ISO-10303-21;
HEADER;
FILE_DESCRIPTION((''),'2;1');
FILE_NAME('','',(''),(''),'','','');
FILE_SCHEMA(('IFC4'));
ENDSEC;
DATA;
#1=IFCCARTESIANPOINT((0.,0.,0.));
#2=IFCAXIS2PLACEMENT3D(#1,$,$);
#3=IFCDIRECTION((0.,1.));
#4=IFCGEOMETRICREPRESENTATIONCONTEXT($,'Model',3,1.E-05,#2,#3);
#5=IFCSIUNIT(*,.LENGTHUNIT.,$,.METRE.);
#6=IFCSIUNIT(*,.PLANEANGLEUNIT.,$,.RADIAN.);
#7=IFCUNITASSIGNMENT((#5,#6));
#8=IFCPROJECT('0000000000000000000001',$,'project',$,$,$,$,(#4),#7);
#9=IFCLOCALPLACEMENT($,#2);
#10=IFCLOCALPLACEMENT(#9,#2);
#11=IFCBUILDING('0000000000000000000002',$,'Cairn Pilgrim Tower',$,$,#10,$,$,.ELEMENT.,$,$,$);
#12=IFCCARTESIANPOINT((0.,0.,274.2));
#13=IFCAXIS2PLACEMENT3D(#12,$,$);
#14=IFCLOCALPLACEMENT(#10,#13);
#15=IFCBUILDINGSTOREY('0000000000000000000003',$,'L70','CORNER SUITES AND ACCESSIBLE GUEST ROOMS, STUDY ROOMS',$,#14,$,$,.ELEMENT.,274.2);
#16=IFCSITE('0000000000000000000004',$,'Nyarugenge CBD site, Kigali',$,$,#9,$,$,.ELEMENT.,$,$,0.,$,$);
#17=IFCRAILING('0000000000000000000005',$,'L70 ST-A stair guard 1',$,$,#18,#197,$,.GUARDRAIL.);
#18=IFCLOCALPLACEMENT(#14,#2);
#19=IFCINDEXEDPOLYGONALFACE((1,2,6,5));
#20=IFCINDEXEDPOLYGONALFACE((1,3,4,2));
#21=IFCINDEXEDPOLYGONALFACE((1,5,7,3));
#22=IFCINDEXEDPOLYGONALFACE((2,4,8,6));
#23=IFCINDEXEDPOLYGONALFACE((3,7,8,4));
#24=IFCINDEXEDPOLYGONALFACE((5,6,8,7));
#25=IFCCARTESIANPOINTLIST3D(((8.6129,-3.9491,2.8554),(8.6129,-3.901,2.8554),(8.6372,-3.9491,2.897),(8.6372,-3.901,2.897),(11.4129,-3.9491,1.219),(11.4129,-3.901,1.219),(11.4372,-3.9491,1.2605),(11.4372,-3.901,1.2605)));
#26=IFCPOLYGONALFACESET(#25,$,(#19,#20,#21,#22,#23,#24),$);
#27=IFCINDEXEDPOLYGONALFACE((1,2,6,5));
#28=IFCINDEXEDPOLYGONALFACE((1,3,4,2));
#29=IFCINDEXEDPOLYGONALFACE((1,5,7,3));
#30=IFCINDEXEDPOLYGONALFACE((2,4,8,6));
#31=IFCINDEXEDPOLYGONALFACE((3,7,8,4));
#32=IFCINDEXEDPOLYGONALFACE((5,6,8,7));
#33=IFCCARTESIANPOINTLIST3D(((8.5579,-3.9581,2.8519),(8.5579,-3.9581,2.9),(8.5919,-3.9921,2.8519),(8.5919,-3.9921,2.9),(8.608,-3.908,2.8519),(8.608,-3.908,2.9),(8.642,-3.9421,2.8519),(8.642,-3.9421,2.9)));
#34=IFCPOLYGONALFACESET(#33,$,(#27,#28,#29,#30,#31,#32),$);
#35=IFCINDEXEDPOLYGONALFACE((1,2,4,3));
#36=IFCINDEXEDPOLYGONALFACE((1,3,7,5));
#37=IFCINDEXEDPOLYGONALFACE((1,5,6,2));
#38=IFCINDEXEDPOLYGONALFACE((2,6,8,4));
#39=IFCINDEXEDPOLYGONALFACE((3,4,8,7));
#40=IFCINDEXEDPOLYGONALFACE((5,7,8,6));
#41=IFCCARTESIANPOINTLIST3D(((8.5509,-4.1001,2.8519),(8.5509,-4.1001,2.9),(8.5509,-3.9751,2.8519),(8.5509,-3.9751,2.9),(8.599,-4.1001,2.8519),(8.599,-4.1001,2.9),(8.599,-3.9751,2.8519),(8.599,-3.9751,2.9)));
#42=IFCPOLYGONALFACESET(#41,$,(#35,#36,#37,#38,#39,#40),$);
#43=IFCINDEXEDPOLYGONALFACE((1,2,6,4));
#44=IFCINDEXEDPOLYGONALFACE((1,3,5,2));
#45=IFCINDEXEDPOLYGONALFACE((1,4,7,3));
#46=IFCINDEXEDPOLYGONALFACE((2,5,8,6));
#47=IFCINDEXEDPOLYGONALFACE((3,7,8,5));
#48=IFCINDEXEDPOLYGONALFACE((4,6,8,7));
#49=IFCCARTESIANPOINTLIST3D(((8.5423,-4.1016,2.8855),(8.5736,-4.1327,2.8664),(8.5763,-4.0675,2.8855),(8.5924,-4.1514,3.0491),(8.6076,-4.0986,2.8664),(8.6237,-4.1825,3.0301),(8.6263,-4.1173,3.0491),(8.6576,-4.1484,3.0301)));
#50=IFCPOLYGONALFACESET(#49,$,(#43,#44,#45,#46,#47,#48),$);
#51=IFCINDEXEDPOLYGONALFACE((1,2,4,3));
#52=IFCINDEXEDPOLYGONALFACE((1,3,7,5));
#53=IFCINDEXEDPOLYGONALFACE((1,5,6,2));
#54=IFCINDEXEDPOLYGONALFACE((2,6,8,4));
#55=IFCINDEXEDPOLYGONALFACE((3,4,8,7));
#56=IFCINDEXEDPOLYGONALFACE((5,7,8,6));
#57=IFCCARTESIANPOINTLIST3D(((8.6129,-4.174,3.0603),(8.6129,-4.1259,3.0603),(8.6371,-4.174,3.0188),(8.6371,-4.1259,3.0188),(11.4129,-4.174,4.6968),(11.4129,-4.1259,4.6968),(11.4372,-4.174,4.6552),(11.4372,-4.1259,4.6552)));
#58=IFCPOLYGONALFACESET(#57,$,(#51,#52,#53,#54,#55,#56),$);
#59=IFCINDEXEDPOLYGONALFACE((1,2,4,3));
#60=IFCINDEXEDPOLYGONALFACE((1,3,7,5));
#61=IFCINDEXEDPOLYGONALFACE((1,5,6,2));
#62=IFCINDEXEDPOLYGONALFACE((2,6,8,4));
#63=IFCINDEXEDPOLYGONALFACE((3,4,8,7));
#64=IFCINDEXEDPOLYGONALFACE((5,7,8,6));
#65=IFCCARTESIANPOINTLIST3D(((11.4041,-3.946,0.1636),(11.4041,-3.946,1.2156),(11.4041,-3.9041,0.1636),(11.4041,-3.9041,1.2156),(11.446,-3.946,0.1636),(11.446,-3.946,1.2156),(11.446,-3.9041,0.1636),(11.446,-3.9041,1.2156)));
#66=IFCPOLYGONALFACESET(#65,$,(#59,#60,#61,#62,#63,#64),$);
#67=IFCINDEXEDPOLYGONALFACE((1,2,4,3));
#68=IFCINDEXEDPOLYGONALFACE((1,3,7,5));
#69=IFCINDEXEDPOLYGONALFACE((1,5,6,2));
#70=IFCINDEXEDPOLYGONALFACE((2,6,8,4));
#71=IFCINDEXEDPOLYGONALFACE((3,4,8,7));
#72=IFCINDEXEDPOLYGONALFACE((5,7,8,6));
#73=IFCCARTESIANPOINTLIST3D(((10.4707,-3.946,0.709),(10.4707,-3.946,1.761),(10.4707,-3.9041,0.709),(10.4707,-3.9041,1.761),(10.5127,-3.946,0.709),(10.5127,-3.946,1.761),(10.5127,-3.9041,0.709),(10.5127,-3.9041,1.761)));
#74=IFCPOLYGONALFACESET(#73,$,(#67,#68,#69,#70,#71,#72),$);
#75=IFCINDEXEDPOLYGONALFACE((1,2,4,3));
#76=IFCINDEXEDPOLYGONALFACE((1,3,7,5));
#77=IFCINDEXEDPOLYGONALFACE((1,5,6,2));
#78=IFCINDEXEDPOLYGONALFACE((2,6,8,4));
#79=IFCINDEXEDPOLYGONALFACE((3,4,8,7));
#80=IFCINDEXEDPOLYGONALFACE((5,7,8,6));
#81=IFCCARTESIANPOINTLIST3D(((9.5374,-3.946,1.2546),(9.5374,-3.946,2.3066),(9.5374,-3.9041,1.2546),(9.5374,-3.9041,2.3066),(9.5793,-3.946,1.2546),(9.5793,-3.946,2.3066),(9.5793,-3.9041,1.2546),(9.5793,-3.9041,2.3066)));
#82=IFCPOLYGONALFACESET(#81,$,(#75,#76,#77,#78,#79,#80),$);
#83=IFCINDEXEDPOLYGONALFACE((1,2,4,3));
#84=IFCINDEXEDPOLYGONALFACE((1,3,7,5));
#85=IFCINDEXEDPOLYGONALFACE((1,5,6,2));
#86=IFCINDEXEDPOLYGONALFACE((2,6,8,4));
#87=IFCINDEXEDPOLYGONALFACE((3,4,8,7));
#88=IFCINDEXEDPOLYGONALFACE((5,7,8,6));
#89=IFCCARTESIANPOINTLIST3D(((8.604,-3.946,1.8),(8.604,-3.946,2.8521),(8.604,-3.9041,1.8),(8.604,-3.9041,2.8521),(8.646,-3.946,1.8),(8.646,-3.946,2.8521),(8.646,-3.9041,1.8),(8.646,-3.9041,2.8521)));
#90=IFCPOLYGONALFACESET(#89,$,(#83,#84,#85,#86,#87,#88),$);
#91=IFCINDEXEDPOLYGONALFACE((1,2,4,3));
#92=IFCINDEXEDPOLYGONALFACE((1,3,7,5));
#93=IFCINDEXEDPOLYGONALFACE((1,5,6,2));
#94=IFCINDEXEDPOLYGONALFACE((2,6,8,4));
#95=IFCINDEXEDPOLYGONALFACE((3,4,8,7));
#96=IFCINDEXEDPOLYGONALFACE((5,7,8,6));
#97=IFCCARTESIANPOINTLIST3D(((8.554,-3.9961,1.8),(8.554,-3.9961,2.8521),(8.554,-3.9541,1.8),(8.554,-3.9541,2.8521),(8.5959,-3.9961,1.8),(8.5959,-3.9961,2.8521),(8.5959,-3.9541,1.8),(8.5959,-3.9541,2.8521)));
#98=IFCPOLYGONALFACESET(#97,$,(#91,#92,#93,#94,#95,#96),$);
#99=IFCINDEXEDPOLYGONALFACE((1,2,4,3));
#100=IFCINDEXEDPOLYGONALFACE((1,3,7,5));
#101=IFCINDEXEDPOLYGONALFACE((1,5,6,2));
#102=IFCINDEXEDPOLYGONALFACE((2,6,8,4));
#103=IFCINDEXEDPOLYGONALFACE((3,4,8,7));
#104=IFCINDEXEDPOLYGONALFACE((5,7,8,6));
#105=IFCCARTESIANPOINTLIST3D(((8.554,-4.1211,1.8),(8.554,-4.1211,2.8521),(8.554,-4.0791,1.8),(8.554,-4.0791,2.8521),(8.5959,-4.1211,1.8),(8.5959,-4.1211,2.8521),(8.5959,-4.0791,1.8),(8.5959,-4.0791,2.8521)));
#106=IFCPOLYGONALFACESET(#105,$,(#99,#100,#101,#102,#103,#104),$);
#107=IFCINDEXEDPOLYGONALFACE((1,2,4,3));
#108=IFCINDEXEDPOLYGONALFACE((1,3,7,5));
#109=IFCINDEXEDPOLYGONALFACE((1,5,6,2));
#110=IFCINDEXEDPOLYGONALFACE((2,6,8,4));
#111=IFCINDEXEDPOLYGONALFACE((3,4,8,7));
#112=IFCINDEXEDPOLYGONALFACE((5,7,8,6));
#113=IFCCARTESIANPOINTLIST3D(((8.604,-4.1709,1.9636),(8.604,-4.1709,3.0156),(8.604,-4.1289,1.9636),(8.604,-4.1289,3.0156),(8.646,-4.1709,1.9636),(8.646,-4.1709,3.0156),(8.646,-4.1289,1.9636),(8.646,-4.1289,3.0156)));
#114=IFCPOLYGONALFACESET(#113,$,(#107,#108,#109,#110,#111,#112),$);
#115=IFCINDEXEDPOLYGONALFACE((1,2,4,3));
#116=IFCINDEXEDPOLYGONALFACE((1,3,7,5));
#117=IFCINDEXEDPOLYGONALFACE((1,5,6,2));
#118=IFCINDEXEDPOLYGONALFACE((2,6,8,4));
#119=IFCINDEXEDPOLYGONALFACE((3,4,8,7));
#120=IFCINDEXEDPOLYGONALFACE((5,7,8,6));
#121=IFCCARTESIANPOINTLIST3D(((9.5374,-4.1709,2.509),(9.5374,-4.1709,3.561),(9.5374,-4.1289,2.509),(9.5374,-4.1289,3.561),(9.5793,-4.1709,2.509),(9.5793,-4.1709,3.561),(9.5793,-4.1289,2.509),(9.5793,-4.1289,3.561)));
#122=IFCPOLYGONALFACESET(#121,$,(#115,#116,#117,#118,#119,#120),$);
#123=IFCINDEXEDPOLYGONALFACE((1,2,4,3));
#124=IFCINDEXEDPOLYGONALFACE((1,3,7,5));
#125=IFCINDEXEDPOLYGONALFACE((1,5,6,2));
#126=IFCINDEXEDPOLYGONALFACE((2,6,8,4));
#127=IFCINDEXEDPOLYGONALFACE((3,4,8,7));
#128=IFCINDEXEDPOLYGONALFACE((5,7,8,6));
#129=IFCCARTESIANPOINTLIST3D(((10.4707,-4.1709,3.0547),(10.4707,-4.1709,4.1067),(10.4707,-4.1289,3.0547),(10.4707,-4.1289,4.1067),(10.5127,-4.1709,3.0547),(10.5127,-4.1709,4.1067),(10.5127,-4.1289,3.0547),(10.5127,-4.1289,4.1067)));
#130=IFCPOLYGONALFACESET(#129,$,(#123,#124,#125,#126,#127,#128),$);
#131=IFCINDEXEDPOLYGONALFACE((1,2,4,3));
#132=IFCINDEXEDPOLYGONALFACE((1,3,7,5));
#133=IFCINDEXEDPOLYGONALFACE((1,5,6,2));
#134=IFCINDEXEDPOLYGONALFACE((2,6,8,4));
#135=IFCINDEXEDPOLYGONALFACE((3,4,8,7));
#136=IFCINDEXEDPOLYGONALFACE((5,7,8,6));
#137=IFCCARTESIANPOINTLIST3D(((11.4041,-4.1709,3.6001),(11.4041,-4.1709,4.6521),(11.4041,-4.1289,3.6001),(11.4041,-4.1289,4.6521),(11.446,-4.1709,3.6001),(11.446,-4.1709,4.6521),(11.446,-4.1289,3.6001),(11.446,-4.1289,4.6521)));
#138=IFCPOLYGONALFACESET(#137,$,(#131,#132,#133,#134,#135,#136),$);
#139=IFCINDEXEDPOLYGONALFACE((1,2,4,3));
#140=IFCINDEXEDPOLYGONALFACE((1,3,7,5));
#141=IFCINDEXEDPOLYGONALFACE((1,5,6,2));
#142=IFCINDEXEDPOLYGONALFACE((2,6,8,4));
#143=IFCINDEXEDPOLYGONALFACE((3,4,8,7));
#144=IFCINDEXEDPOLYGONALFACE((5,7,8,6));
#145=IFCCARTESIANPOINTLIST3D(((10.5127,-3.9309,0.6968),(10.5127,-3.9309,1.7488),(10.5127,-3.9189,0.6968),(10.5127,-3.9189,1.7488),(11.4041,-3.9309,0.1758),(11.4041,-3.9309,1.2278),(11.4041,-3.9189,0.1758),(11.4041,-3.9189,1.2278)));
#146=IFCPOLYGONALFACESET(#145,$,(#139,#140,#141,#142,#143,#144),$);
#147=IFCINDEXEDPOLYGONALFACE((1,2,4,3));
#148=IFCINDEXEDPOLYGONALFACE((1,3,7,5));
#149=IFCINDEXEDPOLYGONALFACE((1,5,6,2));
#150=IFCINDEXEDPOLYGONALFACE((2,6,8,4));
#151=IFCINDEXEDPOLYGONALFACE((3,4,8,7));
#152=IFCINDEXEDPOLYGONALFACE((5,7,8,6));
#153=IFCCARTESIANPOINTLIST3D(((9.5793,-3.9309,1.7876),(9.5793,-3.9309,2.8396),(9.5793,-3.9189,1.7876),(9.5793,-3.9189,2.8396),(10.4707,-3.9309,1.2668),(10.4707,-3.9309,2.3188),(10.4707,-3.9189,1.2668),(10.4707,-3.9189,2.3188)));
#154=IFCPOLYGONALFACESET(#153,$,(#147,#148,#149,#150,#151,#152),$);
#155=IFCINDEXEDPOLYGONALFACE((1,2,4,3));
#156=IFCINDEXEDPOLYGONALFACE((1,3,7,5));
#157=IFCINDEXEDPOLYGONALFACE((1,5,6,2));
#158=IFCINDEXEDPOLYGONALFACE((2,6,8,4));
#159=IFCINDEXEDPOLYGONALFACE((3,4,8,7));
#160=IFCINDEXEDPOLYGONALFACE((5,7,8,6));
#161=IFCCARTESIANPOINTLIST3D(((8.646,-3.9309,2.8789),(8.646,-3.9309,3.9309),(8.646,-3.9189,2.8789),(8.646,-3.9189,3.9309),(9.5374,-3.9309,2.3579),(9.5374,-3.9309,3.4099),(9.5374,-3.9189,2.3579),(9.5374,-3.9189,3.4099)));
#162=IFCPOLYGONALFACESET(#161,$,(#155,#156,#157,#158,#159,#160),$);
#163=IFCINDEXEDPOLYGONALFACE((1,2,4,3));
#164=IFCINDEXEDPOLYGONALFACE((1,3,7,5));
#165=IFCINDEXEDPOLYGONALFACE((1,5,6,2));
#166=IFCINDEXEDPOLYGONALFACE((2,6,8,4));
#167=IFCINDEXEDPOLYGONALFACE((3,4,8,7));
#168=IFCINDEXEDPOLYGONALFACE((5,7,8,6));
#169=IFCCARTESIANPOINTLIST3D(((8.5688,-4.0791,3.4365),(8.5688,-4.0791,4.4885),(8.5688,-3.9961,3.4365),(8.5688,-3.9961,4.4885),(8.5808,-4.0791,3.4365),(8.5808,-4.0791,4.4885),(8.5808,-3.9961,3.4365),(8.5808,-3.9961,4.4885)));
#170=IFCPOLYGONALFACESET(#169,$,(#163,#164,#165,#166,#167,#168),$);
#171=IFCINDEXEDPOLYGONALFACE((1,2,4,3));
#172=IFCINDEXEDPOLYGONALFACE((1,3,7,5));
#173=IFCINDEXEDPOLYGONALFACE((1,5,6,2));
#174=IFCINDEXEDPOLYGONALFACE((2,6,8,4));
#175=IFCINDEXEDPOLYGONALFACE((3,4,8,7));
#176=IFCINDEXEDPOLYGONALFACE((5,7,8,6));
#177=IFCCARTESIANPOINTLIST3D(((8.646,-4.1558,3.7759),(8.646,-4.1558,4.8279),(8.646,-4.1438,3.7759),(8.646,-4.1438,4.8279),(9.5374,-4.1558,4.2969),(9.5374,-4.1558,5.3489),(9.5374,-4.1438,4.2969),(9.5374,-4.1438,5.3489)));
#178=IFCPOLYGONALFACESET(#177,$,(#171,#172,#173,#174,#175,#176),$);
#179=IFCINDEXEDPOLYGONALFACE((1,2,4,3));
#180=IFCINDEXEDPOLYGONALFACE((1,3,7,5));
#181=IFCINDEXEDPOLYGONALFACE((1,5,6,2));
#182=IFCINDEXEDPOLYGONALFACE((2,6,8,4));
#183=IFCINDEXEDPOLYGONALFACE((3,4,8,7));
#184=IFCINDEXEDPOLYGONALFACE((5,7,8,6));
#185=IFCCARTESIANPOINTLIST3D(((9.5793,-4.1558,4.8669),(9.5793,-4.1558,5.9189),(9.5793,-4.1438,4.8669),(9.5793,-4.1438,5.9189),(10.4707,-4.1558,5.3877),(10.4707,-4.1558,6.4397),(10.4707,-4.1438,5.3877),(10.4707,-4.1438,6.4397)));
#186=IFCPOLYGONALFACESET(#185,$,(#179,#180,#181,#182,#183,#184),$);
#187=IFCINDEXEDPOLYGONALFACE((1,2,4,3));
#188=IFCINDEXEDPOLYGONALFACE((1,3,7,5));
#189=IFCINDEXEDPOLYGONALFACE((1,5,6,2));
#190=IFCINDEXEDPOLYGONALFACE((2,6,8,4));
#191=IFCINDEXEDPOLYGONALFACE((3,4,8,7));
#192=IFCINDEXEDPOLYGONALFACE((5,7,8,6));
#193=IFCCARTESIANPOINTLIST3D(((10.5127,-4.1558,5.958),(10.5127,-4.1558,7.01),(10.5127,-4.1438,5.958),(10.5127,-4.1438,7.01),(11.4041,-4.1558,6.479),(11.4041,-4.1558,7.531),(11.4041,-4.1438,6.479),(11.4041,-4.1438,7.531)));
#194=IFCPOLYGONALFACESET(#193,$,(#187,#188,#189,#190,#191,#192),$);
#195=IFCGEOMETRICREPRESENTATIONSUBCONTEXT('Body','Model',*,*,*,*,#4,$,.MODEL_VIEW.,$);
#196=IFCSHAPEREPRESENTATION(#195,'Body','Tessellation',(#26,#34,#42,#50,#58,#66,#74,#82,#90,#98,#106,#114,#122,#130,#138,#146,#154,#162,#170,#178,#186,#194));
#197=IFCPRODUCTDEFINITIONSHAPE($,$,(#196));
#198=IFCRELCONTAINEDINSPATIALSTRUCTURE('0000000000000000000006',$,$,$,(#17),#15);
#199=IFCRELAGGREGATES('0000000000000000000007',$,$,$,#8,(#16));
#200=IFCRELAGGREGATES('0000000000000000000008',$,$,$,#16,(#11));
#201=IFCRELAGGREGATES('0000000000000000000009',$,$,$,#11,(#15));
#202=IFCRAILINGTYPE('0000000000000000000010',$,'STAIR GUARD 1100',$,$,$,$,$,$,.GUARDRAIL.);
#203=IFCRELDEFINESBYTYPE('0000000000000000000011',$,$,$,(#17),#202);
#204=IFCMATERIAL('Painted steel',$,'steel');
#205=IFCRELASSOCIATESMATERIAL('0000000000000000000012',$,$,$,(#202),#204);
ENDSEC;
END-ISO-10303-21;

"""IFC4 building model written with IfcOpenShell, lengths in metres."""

from ifc_helpers import new_model, si_unit, direction, frame, origin, origin_2d, place, context, subcontext, project, spatial, polyline, rectangle, outline, extrude, material, type_object, element, save


model = new_model("IFC4")

# Units and contexts
model_context = context("Model", 3, precision=1e-05, world=origin(), true_north=direction((0.0, 1.0)))
body_context = subcontext(model_context, "Body", "Model", "MODEL_VIEW")
ifc_project = project(units=[si_unit("LENGTHUNIT", "METRE"), si_unit("PLANEANGLEUNIT", "RADIAN")], contexts=[model_context])

# Site, building, storey
site_placement = place(None, origin())
site = spatial("IfcSite", under=ifc_project, at=site_placement, Name="Nyarugenge CBD site, Kigali", CompositionType="ELEMENT", RefElevation=0.0)
building_placement = place(site_placement, origin())
building = spatial("IfcBuilding", under=site, at=building_placement, Name="Cairn Pilgrim Tower", CompositionType="ELEMENT")
storey_placement = place(building_placement, frame((0.0, 0.0, 274.2)))
storey = spatial("IfcBuildingStorey", under=building, at=storey_placement, Name="L70", Description="CORNER SUITES AND ACCESSIBLE GUEST ROOMS, STUDY ROOMS", CompositionType="ELEMENT", Elevation=274.2)

# Shared definitions
ifc_material_1 = material(Name="Painted steel", Category="steel")

# Railing
railing_type_1 = type_object("IfcRailingType", Name="STAIR GUARD 1100", PredefinedType="GUARDRAIL", material=ifc_material_1)
railing_1_placement = place(storey_placement, frame((11.425, -3.925, 0.1636)))
element("IfcRailing", 1, at=railing_1_placement, inside=storey, type_object=railing_type_1, Name="L70 ST-A stair guard 1", PredefinedType="GUARDRAIL", context=body_context, shape_type="SweptSolid", body=[
    extrude(rectangle(XDim=0.0481, YDim=0.0481, at=origin_2d()), frame((0.0, 0.0, 1.0762), z_axis=(-0.863361, 0.0, 0.504587), x_axis=(0.0, -1.0, 0.0)), (0.0, 0.0, 1.0), 3.2432),
    extrude(rectangle(XDim=0.0481, YDim=0.0481, at=origin_2d()), frame((-2.8, 0.0, 2.7124), z_axis=(-0.707107, -0.707107, 0.0), x_axis=(0.707107, -0.707107, 0.0)), (0.0, 0.0, 1.0), 0.0708),
    extrude(rectangle(XDim=0.0481, YDim=0.0481, at=origin_2d()), frame((-2.8501, -0.05, 2.7124), z_axis=(0.0, -1.0, 0.0), x_axis=(1.0, 0.0, 0.0)), (0.0, 0.0, 1.0), 0.125),
    extrude(rectangle(XDim=0.0481, YDim=0.0481, at=origin_2d()), frame((-2.8501, -0.175, 2.7124), z_axis=(0.280917, -0.279546, 0.918118), x_axis=(0.705376, 0.708834, 0.0)), (0.0, 0.0, 1.0), 0.1782),
    extrude(rectangle(XDim=0.0481, YDim=0.0481, at=origin_2d()), frame((-2.8, -0.2249, 2.876), z_axis=(0.863361, 0.0, 0.504587), x_axis=(0.0, 1.0, 0.0)), (0.0, 0.0, 1.0), 3.2432),
    extrude(rectangle(XDim=0.042, YDim=0.042, at=origin_2d()), origin(), (0.0, 0.0, 1.0), 1.052),
    extrude(rectangle(XDim=0.042, YDim=0.042, at=origin_2d()), frame((-0.9333, 0.0, 0.5454)), (0.0, 0.0, 1.0), 1.052),
    extrude(rectangle(XDim=0.042, YDim=0.042, at=origin_2d()), frame((-1.8667, 0.0, 1.0911)), (0.0, 0.0, 1.0), 1.052),
    extrude(rectangle(XDim=0.042, YDim=0.042, at=origin_2d()), frame((-2.8, 0.0, 1.6365)), (0.0, 0.0, 1.0), 1.052),
    extrude(rectangle(XDim=0.042, YDim=0.042, at=origin_2d()), frame((-2.8501, -0.05, 1.6365)), (0.0, 0.0, 1.0), 1.052),
    extrude(rectangle(XDim=0.042, YDim=0.042, at=origin_2d()), frame((-2.8501, -0.175, 1.6365)), (0.0, 0.0, 1.0), 1.052),
    extrude(rectangle(XDim=0.042, YDim=0.042, at=origin_2d()), frame((-2.8, -0.2249, 1.8)), (0.0, 0.0, 1.0), 1.052),
    extrude(rectangle(XDim=0.042, YDim=0.042, at=origin_2d()), frame((-1.8667, -0.2249, 2.3455)), (0.0, 0.0, 1.0), 1.052),
    extrude(rectangle(XDim=0.042, YDim=0.042, at=origin_2d()), frame((-0.9333, -0.2249, 2.8911)), (0.0, 0.0, 1.0), 1.052),
    extrude(rectangle(XDim=0.042, YDim=0.042, at=origin_2d()), frame((0.0, -0.2249, 3.4365)), (0.0, 0.0, 1.0), 1.052),
    extrude(outline(polyline([(0.021, 0.0122), (0.9124, 0.5332), (0.9124, 1.5852), (0.021, 1.0642), (0.021, 0.0122)])), frame((0.0, -0.0059, 0.0), z_axis=(0.0, 1.0, 0.0), x_axis=(-1.0, 0.0, 0.0)), (0.0, 0.0, 1.0), 0.012),
    extrude(outline(polyline([(0.021, 0.5579), (0.9124, 1.0786), (0.9124, 2.1306), (0.021, 1.6099), (0.021, 0.5579)])), frame((-0.9333, -0.0059, 0.5454), z_axis=(0.0, 1.0, 0.0), x_axis=(-1.0, 0.0, 0.0)), (0.0, 0.0, 1.0), 0.012),
    extrude(outline(polyline([(0.021, 1.1033), (0.9124, 1.6243), (0.9124, 2.6763), (0.021, 2.1553), (0.021, 1.1033)])), frame((-1.8667, -0.0059, 1.0911), z_axis=(0.0, 1.0, 0.0), x_axis=(-1.0, 0.0, 0.0)), (0.0, 0.0, 1.0), 0.012),
    extrude(outline(polyline([(0.021, 1.6365), (0.104, 1.6365), (0.104, 2.6885), (0.021, 2.6885), (0.021, 1.6365)])), frame((-2.8442, -0.05, 1.6365), z_axis=(-1.0, 0.0, 0.0), x_axis=(0.0, -1.0, 0.0)), (0.0, 0.0, 1.0), 0.012),
    extrude(outline(polyline([(0.021, 1.8123), (0.9124, 2.3333), (0.9124, 3.3853), (0.021, 2.8643), (0.021, 1.8123)])), frame((-2.8, -0.2188, 1.8), z_axis=(0.0, -1.0, 0.0), x_axis=(1.0, 0.0, 0.0)), (0.0, 0.0, 1.0), 0.012),
    extrude(outline(polyline([(0.021, 2.3579), (0.9124, 2.8787), (0.9124, 3.9307), (0.021, 3.4099), (0.021, 2.3579)])), frame((-1.8667, -0.2188, 2.3455), z_axis=(0.0, -1.0, 0.0), x_axis=(1.0, 0.0, 0.0)), (0.0, 0.0, 1.0), 0.012),
    extrude(outline(polyline([(0.021, 2.9033), (0.9124, 3.4243), (0.9124, 4.4763), (0.021, 3.9553), (0.021, 2.9033)])), frame((-0.9333, -0.2188, 2.8911), z_axis=(0.0, -1.0, 0.0), x_axis=(1.0, 0.0, 0.0)), (0.0, 0.0, 1.0), 0.012),
])

save(model, "model.ifc")
